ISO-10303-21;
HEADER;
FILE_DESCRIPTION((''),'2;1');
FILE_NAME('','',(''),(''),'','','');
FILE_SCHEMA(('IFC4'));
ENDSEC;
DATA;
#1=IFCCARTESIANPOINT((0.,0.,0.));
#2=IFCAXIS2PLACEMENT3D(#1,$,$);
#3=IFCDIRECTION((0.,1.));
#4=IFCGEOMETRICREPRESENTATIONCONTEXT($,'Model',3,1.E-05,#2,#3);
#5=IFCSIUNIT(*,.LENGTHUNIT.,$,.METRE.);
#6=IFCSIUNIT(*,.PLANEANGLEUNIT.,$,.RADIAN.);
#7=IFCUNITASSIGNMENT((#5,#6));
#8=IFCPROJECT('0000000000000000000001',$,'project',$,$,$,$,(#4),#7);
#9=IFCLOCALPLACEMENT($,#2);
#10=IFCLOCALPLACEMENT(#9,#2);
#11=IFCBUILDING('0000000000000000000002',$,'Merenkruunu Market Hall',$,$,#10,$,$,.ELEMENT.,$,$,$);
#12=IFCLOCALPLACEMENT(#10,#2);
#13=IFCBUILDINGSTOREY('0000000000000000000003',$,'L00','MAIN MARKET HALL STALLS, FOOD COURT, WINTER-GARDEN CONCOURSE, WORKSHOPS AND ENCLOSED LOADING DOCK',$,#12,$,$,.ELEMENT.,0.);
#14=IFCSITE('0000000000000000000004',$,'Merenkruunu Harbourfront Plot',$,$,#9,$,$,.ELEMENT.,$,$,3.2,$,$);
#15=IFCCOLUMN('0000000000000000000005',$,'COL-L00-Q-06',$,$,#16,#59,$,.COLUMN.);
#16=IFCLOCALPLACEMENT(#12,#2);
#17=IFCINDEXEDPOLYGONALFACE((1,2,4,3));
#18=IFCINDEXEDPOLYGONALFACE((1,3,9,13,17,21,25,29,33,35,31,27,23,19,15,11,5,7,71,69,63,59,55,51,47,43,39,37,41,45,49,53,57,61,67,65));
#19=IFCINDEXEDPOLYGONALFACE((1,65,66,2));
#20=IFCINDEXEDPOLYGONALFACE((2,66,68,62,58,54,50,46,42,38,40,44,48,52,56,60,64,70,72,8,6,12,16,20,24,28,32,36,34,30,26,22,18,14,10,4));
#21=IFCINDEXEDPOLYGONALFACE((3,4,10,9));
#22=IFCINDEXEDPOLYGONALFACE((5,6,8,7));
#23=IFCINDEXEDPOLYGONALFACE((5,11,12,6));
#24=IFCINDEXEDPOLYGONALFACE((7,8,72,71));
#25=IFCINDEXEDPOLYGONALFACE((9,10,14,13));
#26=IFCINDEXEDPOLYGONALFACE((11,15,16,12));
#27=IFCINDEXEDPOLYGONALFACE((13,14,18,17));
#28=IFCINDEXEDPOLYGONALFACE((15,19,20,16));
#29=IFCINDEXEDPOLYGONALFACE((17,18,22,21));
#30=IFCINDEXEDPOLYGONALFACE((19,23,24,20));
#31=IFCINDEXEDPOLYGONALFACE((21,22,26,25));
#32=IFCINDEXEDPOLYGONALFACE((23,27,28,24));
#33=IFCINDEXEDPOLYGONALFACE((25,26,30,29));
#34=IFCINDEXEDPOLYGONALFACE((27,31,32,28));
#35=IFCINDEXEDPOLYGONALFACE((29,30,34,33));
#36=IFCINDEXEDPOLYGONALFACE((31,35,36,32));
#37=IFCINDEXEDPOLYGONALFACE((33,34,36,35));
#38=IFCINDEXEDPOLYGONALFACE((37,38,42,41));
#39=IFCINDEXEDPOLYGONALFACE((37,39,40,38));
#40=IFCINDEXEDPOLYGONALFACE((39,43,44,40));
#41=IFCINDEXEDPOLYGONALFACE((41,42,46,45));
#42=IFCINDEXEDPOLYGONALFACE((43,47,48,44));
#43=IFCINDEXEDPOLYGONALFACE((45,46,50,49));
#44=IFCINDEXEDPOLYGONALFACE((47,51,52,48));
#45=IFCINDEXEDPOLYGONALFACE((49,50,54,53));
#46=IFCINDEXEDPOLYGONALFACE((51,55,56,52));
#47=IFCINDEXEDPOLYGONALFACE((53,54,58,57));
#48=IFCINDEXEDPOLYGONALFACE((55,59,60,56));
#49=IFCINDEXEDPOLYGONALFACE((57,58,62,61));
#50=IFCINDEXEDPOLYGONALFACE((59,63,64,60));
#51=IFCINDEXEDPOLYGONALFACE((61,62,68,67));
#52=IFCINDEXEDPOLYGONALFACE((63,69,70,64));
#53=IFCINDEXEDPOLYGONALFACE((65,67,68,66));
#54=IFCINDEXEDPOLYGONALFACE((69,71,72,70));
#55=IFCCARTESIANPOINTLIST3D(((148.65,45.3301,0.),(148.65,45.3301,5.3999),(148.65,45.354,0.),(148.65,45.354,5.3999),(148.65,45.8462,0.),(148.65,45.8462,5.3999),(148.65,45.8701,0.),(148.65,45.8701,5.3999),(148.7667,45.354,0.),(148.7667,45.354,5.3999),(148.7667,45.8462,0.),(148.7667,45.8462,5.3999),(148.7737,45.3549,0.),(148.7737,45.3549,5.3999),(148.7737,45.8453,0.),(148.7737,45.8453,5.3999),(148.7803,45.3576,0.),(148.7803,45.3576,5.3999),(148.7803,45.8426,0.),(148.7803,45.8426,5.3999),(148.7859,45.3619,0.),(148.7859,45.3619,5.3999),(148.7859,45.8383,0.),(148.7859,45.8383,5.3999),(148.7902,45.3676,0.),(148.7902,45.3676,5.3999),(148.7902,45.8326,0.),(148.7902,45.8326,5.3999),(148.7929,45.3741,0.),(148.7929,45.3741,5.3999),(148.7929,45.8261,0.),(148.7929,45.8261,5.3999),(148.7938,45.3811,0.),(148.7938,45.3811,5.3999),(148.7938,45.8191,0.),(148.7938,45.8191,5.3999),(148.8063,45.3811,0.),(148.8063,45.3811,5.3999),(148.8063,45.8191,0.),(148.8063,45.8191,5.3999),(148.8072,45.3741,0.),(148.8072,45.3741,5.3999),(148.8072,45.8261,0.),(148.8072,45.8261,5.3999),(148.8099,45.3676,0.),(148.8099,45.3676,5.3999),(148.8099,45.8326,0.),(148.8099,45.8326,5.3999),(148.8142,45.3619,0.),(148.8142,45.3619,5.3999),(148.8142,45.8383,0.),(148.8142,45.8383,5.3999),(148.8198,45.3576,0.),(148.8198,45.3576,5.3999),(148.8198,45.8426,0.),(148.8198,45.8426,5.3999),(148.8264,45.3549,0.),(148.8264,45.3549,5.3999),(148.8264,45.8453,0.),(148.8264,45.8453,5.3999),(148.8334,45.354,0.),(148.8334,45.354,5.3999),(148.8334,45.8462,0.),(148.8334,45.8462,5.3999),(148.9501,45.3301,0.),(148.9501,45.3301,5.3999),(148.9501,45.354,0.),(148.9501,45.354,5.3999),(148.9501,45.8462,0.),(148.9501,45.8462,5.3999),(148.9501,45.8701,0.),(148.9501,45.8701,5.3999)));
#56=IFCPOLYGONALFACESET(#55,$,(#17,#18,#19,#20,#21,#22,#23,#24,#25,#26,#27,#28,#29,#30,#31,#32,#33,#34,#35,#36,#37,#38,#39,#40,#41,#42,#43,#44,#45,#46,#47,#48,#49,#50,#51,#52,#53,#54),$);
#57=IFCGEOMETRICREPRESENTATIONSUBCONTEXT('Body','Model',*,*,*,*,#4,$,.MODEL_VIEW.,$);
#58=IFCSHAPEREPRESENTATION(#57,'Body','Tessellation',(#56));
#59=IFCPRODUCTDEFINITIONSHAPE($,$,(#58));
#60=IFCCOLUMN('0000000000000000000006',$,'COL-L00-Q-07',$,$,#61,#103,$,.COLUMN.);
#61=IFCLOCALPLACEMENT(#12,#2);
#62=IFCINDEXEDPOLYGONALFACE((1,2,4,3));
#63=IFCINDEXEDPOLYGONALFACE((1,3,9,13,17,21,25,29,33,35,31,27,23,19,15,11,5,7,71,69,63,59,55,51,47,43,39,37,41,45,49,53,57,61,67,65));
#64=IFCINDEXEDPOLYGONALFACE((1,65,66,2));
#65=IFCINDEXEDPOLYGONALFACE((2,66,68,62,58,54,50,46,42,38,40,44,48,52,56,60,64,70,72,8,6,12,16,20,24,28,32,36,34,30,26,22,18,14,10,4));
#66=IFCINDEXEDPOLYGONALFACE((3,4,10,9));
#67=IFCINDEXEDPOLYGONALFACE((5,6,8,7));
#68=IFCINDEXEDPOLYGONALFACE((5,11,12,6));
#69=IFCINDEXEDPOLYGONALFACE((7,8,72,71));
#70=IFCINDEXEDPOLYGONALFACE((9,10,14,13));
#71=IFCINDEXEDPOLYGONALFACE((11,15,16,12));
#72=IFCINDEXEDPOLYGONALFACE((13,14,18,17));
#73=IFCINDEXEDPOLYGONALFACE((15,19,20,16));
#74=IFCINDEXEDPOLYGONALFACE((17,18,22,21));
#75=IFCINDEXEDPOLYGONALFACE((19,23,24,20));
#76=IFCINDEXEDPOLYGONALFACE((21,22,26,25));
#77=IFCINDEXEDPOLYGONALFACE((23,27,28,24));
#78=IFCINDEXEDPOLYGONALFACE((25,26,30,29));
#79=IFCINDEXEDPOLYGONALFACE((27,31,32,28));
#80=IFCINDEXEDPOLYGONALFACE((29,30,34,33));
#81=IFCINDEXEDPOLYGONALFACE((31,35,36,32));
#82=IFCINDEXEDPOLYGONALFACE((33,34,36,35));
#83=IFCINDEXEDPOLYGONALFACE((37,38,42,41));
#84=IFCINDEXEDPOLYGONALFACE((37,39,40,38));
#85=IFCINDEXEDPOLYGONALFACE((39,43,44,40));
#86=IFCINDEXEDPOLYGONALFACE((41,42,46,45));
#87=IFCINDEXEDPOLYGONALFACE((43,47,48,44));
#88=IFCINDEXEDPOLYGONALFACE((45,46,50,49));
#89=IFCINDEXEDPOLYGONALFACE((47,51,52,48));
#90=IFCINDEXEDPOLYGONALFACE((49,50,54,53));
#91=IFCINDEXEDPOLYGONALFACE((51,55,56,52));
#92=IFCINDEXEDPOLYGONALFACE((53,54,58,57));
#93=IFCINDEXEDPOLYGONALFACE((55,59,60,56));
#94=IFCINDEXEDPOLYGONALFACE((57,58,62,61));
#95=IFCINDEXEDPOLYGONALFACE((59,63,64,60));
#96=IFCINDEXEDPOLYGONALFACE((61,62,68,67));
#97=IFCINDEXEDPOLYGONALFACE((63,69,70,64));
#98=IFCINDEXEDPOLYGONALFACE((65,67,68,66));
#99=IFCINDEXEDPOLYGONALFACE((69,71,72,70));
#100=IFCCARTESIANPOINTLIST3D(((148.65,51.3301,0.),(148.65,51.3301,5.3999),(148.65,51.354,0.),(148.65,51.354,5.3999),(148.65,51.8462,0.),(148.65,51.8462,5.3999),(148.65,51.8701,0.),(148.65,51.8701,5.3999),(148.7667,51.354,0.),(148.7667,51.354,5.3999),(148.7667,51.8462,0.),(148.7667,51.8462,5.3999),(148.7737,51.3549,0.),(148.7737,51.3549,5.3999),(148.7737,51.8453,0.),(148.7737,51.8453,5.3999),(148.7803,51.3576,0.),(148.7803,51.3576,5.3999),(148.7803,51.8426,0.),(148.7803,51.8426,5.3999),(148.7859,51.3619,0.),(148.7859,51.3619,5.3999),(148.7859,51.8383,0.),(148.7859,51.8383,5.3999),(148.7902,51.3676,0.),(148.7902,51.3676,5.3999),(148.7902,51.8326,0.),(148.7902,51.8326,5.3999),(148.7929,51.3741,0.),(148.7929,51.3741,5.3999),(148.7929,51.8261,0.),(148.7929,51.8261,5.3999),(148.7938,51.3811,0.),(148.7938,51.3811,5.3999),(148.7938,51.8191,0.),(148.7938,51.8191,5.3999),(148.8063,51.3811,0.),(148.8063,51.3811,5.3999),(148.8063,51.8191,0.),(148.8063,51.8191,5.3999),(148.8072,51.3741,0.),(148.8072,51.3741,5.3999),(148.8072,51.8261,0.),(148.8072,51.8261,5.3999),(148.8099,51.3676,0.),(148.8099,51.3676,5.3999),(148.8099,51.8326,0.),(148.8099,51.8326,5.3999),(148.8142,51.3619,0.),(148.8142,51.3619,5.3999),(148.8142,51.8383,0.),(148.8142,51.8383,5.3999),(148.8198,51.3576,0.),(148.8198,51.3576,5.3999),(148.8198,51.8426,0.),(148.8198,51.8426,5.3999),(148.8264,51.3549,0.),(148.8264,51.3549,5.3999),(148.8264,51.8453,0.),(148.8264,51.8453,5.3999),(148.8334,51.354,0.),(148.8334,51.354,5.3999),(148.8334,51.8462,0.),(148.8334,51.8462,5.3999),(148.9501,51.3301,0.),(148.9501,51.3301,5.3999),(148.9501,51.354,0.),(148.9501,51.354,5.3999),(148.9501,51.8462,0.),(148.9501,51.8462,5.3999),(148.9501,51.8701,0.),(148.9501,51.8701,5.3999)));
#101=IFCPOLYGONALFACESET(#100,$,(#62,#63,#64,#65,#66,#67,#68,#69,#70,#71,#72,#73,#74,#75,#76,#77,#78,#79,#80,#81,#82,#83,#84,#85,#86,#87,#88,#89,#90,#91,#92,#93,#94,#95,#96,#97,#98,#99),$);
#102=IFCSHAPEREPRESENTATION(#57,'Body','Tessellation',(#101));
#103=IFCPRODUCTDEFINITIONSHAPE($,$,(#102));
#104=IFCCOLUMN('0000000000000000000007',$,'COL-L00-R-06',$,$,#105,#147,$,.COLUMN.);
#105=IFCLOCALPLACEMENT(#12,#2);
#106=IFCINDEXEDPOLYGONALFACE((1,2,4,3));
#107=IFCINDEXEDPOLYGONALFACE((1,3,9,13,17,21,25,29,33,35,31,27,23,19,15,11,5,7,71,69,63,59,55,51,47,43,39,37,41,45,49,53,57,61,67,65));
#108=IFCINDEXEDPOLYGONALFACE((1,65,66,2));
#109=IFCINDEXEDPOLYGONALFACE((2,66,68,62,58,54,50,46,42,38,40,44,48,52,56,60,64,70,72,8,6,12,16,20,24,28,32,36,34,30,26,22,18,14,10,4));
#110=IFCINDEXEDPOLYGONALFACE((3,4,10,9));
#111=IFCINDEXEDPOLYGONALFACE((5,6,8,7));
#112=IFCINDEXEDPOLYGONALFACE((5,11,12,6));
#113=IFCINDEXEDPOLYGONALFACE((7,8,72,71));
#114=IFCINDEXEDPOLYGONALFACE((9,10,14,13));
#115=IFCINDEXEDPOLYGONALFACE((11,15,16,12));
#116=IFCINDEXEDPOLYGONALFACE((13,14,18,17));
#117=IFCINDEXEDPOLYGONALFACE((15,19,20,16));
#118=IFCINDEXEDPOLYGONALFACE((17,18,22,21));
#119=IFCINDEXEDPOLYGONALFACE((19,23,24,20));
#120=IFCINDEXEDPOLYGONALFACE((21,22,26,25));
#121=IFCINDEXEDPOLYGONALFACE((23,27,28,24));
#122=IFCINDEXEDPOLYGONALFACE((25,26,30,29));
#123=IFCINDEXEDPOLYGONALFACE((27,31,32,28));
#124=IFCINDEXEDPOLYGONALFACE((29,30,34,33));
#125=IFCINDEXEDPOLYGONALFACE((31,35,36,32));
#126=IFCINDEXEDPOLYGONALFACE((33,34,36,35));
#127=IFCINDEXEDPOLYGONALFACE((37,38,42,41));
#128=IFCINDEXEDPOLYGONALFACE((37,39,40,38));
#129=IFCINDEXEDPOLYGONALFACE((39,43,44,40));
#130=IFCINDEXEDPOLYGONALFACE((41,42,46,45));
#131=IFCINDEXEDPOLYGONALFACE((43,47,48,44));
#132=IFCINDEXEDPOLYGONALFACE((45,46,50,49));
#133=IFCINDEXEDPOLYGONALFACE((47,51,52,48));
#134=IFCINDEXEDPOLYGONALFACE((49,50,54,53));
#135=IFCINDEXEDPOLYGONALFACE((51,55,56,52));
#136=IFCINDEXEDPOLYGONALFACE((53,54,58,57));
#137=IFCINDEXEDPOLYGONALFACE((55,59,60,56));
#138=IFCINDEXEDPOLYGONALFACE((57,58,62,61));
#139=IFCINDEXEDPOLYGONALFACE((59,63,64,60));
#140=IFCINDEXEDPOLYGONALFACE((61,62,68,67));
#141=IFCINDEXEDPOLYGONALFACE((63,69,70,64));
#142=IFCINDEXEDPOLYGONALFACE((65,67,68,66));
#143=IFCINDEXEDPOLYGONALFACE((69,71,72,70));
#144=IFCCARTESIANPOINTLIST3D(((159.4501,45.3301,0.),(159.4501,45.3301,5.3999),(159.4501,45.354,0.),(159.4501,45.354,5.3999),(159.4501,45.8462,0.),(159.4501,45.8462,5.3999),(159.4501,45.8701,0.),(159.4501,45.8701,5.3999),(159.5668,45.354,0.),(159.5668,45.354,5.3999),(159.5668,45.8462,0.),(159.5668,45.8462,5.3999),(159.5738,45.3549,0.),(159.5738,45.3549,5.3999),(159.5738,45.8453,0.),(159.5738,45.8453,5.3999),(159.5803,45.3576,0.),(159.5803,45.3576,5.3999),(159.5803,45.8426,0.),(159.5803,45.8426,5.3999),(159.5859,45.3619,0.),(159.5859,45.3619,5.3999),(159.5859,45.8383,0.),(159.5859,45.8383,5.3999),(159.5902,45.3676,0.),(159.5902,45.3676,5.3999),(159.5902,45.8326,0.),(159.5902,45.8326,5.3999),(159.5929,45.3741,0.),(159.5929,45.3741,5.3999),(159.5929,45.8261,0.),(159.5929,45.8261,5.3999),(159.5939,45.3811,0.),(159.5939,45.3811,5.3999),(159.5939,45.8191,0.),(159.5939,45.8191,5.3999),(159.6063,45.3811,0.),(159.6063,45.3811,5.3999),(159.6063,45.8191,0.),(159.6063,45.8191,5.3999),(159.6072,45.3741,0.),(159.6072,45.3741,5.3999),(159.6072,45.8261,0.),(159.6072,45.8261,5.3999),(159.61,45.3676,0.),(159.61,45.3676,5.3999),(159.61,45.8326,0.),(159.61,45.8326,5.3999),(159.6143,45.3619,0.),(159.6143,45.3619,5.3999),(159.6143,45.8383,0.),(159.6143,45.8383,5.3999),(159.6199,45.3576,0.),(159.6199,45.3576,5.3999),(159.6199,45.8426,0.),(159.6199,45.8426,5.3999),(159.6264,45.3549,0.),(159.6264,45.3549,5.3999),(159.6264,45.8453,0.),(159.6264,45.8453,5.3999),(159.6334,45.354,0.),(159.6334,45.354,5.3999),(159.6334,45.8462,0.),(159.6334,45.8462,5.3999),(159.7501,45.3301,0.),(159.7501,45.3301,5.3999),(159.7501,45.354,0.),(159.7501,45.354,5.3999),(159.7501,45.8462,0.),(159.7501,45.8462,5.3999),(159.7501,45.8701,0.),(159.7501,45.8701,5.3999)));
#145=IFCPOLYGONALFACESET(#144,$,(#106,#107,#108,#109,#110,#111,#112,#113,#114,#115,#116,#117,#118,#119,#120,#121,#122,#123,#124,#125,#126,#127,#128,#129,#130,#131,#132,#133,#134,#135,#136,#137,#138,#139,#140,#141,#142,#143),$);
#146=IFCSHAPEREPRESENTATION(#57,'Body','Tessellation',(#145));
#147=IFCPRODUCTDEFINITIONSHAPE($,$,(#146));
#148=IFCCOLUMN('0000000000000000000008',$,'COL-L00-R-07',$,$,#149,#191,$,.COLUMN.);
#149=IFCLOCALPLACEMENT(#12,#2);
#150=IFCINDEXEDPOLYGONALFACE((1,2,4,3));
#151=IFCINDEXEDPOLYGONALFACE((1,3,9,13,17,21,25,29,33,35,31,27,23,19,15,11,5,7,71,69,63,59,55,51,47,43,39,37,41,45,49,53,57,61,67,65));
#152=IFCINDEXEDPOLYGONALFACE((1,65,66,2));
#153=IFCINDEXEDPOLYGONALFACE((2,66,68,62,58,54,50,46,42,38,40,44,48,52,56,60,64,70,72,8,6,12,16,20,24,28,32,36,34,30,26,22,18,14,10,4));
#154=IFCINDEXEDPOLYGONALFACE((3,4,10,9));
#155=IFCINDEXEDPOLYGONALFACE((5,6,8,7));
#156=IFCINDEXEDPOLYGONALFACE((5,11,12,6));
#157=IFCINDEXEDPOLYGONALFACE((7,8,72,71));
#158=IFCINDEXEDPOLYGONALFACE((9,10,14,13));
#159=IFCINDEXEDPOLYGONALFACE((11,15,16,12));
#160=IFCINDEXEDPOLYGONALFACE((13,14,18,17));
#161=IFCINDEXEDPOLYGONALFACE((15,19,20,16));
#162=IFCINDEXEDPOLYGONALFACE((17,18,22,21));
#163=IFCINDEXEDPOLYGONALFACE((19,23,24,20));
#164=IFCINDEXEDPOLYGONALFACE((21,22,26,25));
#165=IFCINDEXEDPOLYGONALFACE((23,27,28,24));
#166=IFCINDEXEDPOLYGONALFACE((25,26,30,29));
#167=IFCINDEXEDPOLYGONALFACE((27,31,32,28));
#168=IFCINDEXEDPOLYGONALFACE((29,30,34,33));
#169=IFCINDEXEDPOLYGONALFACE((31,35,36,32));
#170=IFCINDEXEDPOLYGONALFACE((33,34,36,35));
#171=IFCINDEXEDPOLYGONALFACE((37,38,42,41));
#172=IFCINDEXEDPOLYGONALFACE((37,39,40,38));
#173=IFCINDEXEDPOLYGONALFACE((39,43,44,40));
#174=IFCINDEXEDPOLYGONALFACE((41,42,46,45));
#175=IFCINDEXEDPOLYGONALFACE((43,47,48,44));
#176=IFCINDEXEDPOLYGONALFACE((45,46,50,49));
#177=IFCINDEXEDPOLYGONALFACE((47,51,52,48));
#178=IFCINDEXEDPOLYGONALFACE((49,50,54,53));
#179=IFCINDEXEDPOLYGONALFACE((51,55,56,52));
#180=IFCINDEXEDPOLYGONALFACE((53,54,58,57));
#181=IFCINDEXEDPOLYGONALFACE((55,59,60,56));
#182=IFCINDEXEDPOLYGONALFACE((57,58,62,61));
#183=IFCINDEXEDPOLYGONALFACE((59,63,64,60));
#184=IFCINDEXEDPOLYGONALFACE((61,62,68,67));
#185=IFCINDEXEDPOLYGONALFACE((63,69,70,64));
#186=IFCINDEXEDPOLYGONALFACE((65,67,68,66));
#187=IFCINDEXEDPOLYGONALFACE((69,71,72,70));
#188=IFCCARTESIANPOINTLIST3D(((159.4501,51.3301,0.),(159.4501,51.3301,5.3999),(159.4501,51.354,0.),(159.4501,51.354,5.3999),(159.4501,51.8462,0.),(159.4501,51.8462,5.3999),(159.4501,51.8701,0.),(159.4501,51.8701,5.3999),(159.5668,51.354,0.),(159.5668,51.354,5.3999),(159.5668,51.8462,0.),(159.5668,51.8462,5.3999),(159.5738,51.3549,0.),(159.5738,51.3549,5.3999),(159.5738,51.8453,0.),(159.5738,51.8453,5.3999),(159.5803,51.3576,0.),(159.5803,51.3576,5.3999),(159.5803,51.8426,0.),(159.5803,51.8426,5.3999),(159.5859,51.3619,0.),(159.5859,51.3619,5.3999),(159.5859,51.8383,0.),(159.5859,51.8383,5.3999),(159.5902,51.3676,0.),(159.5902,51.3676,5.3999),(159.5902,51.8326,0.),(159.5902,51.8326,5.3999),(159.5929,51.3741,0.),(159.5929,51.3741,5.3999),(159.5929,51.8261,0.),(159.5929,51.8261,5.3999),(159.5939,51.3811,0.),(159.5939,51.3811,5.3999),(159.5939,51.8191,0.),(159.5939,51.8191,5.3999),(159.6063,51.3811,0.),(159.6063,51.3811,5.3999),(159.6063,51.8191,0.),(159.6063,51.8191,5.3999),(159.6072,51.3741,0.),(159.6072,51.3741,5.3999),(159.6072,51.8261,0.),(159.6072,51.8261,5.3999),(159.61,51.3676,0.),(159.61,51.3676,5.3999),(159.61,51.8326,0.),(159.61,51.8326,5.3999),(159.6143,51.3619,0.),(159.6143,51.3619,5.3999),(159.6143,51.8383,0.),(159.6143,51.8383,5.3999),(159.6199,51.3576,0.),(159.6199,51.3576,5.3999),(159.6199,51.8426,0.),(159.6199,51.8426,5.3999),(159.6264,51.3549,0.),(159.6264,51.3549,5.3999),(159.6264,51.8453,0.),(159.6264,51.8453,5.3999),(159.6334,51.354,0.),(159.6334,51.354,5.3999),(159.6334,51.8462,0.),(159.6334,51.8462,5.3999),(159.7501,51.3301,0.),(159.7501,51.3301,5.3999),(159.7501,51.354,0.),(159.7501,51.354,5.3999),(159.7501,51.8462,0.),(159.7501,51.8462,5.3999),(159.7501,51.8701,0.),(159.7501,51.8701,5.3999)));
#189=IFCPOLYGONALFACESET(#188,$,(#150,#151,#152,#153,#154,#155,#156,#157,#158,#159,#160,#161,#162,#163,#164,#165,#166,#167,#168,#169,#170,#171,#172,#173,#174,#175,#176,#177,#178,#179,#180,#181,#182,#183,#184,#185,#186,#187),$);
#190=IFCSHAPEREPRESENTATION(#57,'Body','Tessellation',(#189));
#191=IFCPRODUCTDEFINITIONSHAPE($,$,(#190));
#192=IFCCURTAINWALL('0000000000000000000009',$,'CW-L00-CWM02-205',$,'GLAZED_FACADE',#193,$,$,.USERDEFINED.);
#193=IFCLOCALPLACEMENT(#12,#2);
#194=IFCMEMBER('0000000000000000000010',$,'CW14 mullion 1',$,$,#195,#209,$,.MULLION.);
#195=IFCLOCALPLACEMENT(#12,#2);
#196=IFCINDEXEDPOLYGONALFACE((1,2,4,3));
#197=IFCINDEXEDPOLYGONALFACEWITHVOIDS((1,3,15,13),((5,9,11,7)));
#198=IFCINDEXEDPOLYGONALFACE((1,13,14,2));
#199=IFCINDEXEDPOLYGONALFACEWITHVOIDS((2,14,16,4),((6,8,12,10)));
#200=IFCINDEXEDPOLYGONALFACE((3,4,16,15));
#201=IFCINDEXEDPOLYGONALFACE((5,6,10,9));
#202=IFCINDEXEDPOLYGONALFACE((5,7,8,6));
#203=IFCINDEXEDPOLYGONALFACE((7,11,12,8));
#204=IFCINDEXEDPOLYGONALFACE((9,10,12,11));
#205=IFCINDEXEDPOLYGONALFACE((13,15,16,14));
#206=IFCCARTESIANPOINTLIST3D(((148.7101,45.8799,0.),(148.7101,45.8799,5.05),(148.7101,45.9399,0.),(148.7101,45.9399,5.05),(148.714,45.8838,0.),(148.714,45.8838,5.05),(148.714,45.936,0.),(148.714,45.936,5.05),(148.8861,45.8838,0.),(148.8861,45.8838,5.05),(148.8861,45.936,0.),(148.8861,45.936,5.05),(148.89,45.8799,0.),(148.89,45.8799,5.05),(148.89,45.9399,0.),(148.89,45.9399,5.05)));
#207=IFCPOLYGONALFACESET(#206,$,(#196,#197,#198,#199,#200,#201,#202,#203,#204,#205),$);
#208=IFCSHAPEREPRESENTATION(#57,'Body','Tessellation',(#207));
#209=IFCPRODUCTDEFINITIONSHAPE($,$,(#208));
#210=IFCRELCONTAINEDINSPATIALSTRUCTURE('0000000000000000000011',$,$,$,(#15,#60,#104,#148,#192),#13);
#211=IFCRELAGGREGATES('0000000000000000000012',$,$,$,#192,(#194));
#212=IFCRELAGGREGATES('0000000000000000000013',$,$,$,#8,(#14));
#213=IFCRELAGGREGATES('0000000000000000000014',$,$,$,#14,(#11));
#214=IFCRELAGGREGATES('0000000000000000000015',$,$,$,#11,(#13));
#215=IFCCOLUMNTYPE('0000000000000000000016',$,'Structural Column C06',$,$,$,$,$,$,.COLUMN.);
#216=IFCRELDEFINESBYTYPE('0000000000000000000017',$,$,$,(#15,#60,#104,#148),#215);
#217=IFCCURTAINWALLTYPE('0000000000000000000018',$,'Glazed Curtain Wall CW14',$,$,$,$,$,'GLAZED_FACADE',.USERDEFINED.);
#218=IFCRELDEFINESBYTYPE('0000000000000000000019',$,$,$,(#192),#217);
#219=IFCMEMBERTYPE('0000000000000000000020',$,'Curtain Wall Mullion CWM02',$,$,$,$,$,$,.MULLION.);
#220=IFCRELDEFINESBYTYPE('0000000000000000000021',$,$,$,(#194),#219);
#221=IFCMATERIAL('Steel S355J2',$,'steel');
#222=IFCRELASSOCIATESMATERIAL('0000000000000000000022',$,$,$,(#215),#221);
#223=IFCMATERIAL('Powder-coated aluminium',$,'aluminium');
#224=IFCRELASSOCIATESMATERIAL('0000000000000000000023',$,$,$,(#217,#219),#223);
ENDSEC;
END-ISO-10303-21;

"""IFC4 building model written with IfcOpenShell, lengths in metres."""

from ifc_helpers import new_model, si_unit, direction, frame, origin, origin_2d, place, context, subcontext, project, spatial, hollow_rectangle, i_section, extrude, material, material_profile, profile_set, type_object, element, aggregate, save


model = new_model("IFC4")

# Units and contexts
model_context = context("Model", 3, precision=1e-05, world=origin(), true_north=direction((0.0, 1.0)))
body_context = subcontext(model_context, "Body", "Model", "MODEL_VIEW")
ifc_project = project(units=[si_unit("LENGTHUNIT", "METRE"), si_unit("PLANEANGLEUNIT", "RADIAN")], contexts=[model_context])

# Site, building, storey
site_placement = place(None, origin())
site = spatial("IfcSite", under=ifc_project, at=site_placement, Name="Merenkruunu Harbourfront Plot", CompositionType="ELEMENT", RefElevation=3.2)
building_placement = place(site_placement, origin())
building = spatial("IfcBuilding", under=site, at=building_placement, Name="Merenkruunu Market Hall", CompositionType="ELEMENT")
storey_placement = place(building_placement, origin())
storey = spatial("IfcBuildingStorey", under=building, at=storey_placement, Name="L00", Description="MAIN MARKET HALL STALLS, FOOD COURT, WINTER-GARDEN CONCOURSE, WORKSHOPS AND ENCLOSED LOADING DOCK", CompositionType="ELEMENT", Elevation=0.0)

# Columns
ifc_material_1 = material(Name="Steel S355J2", Category="steel")
ifc_material_profile_1 = material_profile(ifc_material_1, i_section(OverallWidth=0.3, OverallDepth=0.54, WebThickness=0.0125, FlangeThickness=0.0239, FilletRadius=0.0271, at=origin_2d()), Name="HEA 550")
ifc_profile_set_1 = profile_set([ifc_material_profile_1], Name="Steel S355J2")
column_type = type_object("IfcColumnType", Name="Structural Column C06", PredefinedType="COLUMN", material=ifc_profile_set_1)
for number, where, z_axis, x_axis, name in (
    (1, (148.8, 45.6001, 0.0), (0.0, 0.0, 1.0), (1.0, 0.0, 0.0), "COL-L00-Q-06"),
    (2, (148.8, 51.6001, 0.0), (0.0, 0.0, 1.0), (1.0, 0.0, 0.0), "COL-L00-Q-07"),
    (3, (159.6001, 45.6001, 0.0), (0.0, 0.0, 1.0), (1.0, 0.0, 0.0), "COL-L00-R-06"),
    (4, (159.6001, 51.6001, 0.0), (0.0, 0.0, 1.0), (1.0, 0.0, 0.0), "COL-L00-R-07"),
):
    element("IfcColumn", number, at=place(storey_placement, frame(where, z_axis=z_axis, x_axis=x_axis)), inside=storey, type_object=column_type, Name=name, PredefinedType="COLUMN", context=body_context, shape_type="SweptSolid", body=[
        extrude(i_section(OverallWidth=0.3, OverallDepth=0.54, WebThickness=0.0125, FlangeThickness=0.0239, FilletRadius=0.0271, at=origin_2d()), origin(), (0.0, 0.0, 1.0), 5.3999),
    ])

# Curtain wall, member
ifc_material_2 = material(Name="Powder-coated aluminium", Category="aluminium")
curtain_wall_type = type_object("IfcCurtainWallType", Name="Glazed Curtain Wall CW14", ElementType="GLAZED_FACADE", PredefinedType="USERDEFINED", material=ifc_material_2)
curtain_wall_placement = place(storey_placement, origin())
curtain_wall = element("IfcCurtainWall", 5, at=curtain_wall_placement, inside=storey, type_object=curtain_wall_type, Name="CW-L00-CWM02-205", ObjectType="GLAZED_FACADE", PredefinedType="USERDEFINED")
ifc_material_profile_2 = material_profile(ifc_material_2, hollow_rectangle(XDim=0.0601, YDim=0.1799, WallThickness=0.0039, at=origin_2d()), Name="ALU 60x180x4")
ifc_profile_set_2 = profile_set([ifc_material_profile_2], Name="Powder-coated aluminium")
member_type_1 = type_object("IfcMemberType", Name="Curtain Wall Mullion CWM02", PredefinedType="MULLION", material=ifc_profile_set_2)
member_1_placement = place(storey_placement, frame((148.8, 45.9099, 0.0), z_axis=(0.0, 0.0, 1.0), x_axis=(0.0, 1.0, 0.0)))
member_1 = element("IfcMember", 6, at=member_1_placement, type_object=member_type_1, Name="CW14 mullion 1", PredefinedType="MULLION", context=body_context, shape_type="SweptSolid", body=[
    extrude(hollow_rectangle(XDim=0.0601, YDim=0.1799, WallThickness=0.0039, at=origin_2d()), origin(), (0.0, 0.0, 1.0), 5.05),
])

aggregate(curtain_wall, [member_1])

save(model, "model.ifc")
